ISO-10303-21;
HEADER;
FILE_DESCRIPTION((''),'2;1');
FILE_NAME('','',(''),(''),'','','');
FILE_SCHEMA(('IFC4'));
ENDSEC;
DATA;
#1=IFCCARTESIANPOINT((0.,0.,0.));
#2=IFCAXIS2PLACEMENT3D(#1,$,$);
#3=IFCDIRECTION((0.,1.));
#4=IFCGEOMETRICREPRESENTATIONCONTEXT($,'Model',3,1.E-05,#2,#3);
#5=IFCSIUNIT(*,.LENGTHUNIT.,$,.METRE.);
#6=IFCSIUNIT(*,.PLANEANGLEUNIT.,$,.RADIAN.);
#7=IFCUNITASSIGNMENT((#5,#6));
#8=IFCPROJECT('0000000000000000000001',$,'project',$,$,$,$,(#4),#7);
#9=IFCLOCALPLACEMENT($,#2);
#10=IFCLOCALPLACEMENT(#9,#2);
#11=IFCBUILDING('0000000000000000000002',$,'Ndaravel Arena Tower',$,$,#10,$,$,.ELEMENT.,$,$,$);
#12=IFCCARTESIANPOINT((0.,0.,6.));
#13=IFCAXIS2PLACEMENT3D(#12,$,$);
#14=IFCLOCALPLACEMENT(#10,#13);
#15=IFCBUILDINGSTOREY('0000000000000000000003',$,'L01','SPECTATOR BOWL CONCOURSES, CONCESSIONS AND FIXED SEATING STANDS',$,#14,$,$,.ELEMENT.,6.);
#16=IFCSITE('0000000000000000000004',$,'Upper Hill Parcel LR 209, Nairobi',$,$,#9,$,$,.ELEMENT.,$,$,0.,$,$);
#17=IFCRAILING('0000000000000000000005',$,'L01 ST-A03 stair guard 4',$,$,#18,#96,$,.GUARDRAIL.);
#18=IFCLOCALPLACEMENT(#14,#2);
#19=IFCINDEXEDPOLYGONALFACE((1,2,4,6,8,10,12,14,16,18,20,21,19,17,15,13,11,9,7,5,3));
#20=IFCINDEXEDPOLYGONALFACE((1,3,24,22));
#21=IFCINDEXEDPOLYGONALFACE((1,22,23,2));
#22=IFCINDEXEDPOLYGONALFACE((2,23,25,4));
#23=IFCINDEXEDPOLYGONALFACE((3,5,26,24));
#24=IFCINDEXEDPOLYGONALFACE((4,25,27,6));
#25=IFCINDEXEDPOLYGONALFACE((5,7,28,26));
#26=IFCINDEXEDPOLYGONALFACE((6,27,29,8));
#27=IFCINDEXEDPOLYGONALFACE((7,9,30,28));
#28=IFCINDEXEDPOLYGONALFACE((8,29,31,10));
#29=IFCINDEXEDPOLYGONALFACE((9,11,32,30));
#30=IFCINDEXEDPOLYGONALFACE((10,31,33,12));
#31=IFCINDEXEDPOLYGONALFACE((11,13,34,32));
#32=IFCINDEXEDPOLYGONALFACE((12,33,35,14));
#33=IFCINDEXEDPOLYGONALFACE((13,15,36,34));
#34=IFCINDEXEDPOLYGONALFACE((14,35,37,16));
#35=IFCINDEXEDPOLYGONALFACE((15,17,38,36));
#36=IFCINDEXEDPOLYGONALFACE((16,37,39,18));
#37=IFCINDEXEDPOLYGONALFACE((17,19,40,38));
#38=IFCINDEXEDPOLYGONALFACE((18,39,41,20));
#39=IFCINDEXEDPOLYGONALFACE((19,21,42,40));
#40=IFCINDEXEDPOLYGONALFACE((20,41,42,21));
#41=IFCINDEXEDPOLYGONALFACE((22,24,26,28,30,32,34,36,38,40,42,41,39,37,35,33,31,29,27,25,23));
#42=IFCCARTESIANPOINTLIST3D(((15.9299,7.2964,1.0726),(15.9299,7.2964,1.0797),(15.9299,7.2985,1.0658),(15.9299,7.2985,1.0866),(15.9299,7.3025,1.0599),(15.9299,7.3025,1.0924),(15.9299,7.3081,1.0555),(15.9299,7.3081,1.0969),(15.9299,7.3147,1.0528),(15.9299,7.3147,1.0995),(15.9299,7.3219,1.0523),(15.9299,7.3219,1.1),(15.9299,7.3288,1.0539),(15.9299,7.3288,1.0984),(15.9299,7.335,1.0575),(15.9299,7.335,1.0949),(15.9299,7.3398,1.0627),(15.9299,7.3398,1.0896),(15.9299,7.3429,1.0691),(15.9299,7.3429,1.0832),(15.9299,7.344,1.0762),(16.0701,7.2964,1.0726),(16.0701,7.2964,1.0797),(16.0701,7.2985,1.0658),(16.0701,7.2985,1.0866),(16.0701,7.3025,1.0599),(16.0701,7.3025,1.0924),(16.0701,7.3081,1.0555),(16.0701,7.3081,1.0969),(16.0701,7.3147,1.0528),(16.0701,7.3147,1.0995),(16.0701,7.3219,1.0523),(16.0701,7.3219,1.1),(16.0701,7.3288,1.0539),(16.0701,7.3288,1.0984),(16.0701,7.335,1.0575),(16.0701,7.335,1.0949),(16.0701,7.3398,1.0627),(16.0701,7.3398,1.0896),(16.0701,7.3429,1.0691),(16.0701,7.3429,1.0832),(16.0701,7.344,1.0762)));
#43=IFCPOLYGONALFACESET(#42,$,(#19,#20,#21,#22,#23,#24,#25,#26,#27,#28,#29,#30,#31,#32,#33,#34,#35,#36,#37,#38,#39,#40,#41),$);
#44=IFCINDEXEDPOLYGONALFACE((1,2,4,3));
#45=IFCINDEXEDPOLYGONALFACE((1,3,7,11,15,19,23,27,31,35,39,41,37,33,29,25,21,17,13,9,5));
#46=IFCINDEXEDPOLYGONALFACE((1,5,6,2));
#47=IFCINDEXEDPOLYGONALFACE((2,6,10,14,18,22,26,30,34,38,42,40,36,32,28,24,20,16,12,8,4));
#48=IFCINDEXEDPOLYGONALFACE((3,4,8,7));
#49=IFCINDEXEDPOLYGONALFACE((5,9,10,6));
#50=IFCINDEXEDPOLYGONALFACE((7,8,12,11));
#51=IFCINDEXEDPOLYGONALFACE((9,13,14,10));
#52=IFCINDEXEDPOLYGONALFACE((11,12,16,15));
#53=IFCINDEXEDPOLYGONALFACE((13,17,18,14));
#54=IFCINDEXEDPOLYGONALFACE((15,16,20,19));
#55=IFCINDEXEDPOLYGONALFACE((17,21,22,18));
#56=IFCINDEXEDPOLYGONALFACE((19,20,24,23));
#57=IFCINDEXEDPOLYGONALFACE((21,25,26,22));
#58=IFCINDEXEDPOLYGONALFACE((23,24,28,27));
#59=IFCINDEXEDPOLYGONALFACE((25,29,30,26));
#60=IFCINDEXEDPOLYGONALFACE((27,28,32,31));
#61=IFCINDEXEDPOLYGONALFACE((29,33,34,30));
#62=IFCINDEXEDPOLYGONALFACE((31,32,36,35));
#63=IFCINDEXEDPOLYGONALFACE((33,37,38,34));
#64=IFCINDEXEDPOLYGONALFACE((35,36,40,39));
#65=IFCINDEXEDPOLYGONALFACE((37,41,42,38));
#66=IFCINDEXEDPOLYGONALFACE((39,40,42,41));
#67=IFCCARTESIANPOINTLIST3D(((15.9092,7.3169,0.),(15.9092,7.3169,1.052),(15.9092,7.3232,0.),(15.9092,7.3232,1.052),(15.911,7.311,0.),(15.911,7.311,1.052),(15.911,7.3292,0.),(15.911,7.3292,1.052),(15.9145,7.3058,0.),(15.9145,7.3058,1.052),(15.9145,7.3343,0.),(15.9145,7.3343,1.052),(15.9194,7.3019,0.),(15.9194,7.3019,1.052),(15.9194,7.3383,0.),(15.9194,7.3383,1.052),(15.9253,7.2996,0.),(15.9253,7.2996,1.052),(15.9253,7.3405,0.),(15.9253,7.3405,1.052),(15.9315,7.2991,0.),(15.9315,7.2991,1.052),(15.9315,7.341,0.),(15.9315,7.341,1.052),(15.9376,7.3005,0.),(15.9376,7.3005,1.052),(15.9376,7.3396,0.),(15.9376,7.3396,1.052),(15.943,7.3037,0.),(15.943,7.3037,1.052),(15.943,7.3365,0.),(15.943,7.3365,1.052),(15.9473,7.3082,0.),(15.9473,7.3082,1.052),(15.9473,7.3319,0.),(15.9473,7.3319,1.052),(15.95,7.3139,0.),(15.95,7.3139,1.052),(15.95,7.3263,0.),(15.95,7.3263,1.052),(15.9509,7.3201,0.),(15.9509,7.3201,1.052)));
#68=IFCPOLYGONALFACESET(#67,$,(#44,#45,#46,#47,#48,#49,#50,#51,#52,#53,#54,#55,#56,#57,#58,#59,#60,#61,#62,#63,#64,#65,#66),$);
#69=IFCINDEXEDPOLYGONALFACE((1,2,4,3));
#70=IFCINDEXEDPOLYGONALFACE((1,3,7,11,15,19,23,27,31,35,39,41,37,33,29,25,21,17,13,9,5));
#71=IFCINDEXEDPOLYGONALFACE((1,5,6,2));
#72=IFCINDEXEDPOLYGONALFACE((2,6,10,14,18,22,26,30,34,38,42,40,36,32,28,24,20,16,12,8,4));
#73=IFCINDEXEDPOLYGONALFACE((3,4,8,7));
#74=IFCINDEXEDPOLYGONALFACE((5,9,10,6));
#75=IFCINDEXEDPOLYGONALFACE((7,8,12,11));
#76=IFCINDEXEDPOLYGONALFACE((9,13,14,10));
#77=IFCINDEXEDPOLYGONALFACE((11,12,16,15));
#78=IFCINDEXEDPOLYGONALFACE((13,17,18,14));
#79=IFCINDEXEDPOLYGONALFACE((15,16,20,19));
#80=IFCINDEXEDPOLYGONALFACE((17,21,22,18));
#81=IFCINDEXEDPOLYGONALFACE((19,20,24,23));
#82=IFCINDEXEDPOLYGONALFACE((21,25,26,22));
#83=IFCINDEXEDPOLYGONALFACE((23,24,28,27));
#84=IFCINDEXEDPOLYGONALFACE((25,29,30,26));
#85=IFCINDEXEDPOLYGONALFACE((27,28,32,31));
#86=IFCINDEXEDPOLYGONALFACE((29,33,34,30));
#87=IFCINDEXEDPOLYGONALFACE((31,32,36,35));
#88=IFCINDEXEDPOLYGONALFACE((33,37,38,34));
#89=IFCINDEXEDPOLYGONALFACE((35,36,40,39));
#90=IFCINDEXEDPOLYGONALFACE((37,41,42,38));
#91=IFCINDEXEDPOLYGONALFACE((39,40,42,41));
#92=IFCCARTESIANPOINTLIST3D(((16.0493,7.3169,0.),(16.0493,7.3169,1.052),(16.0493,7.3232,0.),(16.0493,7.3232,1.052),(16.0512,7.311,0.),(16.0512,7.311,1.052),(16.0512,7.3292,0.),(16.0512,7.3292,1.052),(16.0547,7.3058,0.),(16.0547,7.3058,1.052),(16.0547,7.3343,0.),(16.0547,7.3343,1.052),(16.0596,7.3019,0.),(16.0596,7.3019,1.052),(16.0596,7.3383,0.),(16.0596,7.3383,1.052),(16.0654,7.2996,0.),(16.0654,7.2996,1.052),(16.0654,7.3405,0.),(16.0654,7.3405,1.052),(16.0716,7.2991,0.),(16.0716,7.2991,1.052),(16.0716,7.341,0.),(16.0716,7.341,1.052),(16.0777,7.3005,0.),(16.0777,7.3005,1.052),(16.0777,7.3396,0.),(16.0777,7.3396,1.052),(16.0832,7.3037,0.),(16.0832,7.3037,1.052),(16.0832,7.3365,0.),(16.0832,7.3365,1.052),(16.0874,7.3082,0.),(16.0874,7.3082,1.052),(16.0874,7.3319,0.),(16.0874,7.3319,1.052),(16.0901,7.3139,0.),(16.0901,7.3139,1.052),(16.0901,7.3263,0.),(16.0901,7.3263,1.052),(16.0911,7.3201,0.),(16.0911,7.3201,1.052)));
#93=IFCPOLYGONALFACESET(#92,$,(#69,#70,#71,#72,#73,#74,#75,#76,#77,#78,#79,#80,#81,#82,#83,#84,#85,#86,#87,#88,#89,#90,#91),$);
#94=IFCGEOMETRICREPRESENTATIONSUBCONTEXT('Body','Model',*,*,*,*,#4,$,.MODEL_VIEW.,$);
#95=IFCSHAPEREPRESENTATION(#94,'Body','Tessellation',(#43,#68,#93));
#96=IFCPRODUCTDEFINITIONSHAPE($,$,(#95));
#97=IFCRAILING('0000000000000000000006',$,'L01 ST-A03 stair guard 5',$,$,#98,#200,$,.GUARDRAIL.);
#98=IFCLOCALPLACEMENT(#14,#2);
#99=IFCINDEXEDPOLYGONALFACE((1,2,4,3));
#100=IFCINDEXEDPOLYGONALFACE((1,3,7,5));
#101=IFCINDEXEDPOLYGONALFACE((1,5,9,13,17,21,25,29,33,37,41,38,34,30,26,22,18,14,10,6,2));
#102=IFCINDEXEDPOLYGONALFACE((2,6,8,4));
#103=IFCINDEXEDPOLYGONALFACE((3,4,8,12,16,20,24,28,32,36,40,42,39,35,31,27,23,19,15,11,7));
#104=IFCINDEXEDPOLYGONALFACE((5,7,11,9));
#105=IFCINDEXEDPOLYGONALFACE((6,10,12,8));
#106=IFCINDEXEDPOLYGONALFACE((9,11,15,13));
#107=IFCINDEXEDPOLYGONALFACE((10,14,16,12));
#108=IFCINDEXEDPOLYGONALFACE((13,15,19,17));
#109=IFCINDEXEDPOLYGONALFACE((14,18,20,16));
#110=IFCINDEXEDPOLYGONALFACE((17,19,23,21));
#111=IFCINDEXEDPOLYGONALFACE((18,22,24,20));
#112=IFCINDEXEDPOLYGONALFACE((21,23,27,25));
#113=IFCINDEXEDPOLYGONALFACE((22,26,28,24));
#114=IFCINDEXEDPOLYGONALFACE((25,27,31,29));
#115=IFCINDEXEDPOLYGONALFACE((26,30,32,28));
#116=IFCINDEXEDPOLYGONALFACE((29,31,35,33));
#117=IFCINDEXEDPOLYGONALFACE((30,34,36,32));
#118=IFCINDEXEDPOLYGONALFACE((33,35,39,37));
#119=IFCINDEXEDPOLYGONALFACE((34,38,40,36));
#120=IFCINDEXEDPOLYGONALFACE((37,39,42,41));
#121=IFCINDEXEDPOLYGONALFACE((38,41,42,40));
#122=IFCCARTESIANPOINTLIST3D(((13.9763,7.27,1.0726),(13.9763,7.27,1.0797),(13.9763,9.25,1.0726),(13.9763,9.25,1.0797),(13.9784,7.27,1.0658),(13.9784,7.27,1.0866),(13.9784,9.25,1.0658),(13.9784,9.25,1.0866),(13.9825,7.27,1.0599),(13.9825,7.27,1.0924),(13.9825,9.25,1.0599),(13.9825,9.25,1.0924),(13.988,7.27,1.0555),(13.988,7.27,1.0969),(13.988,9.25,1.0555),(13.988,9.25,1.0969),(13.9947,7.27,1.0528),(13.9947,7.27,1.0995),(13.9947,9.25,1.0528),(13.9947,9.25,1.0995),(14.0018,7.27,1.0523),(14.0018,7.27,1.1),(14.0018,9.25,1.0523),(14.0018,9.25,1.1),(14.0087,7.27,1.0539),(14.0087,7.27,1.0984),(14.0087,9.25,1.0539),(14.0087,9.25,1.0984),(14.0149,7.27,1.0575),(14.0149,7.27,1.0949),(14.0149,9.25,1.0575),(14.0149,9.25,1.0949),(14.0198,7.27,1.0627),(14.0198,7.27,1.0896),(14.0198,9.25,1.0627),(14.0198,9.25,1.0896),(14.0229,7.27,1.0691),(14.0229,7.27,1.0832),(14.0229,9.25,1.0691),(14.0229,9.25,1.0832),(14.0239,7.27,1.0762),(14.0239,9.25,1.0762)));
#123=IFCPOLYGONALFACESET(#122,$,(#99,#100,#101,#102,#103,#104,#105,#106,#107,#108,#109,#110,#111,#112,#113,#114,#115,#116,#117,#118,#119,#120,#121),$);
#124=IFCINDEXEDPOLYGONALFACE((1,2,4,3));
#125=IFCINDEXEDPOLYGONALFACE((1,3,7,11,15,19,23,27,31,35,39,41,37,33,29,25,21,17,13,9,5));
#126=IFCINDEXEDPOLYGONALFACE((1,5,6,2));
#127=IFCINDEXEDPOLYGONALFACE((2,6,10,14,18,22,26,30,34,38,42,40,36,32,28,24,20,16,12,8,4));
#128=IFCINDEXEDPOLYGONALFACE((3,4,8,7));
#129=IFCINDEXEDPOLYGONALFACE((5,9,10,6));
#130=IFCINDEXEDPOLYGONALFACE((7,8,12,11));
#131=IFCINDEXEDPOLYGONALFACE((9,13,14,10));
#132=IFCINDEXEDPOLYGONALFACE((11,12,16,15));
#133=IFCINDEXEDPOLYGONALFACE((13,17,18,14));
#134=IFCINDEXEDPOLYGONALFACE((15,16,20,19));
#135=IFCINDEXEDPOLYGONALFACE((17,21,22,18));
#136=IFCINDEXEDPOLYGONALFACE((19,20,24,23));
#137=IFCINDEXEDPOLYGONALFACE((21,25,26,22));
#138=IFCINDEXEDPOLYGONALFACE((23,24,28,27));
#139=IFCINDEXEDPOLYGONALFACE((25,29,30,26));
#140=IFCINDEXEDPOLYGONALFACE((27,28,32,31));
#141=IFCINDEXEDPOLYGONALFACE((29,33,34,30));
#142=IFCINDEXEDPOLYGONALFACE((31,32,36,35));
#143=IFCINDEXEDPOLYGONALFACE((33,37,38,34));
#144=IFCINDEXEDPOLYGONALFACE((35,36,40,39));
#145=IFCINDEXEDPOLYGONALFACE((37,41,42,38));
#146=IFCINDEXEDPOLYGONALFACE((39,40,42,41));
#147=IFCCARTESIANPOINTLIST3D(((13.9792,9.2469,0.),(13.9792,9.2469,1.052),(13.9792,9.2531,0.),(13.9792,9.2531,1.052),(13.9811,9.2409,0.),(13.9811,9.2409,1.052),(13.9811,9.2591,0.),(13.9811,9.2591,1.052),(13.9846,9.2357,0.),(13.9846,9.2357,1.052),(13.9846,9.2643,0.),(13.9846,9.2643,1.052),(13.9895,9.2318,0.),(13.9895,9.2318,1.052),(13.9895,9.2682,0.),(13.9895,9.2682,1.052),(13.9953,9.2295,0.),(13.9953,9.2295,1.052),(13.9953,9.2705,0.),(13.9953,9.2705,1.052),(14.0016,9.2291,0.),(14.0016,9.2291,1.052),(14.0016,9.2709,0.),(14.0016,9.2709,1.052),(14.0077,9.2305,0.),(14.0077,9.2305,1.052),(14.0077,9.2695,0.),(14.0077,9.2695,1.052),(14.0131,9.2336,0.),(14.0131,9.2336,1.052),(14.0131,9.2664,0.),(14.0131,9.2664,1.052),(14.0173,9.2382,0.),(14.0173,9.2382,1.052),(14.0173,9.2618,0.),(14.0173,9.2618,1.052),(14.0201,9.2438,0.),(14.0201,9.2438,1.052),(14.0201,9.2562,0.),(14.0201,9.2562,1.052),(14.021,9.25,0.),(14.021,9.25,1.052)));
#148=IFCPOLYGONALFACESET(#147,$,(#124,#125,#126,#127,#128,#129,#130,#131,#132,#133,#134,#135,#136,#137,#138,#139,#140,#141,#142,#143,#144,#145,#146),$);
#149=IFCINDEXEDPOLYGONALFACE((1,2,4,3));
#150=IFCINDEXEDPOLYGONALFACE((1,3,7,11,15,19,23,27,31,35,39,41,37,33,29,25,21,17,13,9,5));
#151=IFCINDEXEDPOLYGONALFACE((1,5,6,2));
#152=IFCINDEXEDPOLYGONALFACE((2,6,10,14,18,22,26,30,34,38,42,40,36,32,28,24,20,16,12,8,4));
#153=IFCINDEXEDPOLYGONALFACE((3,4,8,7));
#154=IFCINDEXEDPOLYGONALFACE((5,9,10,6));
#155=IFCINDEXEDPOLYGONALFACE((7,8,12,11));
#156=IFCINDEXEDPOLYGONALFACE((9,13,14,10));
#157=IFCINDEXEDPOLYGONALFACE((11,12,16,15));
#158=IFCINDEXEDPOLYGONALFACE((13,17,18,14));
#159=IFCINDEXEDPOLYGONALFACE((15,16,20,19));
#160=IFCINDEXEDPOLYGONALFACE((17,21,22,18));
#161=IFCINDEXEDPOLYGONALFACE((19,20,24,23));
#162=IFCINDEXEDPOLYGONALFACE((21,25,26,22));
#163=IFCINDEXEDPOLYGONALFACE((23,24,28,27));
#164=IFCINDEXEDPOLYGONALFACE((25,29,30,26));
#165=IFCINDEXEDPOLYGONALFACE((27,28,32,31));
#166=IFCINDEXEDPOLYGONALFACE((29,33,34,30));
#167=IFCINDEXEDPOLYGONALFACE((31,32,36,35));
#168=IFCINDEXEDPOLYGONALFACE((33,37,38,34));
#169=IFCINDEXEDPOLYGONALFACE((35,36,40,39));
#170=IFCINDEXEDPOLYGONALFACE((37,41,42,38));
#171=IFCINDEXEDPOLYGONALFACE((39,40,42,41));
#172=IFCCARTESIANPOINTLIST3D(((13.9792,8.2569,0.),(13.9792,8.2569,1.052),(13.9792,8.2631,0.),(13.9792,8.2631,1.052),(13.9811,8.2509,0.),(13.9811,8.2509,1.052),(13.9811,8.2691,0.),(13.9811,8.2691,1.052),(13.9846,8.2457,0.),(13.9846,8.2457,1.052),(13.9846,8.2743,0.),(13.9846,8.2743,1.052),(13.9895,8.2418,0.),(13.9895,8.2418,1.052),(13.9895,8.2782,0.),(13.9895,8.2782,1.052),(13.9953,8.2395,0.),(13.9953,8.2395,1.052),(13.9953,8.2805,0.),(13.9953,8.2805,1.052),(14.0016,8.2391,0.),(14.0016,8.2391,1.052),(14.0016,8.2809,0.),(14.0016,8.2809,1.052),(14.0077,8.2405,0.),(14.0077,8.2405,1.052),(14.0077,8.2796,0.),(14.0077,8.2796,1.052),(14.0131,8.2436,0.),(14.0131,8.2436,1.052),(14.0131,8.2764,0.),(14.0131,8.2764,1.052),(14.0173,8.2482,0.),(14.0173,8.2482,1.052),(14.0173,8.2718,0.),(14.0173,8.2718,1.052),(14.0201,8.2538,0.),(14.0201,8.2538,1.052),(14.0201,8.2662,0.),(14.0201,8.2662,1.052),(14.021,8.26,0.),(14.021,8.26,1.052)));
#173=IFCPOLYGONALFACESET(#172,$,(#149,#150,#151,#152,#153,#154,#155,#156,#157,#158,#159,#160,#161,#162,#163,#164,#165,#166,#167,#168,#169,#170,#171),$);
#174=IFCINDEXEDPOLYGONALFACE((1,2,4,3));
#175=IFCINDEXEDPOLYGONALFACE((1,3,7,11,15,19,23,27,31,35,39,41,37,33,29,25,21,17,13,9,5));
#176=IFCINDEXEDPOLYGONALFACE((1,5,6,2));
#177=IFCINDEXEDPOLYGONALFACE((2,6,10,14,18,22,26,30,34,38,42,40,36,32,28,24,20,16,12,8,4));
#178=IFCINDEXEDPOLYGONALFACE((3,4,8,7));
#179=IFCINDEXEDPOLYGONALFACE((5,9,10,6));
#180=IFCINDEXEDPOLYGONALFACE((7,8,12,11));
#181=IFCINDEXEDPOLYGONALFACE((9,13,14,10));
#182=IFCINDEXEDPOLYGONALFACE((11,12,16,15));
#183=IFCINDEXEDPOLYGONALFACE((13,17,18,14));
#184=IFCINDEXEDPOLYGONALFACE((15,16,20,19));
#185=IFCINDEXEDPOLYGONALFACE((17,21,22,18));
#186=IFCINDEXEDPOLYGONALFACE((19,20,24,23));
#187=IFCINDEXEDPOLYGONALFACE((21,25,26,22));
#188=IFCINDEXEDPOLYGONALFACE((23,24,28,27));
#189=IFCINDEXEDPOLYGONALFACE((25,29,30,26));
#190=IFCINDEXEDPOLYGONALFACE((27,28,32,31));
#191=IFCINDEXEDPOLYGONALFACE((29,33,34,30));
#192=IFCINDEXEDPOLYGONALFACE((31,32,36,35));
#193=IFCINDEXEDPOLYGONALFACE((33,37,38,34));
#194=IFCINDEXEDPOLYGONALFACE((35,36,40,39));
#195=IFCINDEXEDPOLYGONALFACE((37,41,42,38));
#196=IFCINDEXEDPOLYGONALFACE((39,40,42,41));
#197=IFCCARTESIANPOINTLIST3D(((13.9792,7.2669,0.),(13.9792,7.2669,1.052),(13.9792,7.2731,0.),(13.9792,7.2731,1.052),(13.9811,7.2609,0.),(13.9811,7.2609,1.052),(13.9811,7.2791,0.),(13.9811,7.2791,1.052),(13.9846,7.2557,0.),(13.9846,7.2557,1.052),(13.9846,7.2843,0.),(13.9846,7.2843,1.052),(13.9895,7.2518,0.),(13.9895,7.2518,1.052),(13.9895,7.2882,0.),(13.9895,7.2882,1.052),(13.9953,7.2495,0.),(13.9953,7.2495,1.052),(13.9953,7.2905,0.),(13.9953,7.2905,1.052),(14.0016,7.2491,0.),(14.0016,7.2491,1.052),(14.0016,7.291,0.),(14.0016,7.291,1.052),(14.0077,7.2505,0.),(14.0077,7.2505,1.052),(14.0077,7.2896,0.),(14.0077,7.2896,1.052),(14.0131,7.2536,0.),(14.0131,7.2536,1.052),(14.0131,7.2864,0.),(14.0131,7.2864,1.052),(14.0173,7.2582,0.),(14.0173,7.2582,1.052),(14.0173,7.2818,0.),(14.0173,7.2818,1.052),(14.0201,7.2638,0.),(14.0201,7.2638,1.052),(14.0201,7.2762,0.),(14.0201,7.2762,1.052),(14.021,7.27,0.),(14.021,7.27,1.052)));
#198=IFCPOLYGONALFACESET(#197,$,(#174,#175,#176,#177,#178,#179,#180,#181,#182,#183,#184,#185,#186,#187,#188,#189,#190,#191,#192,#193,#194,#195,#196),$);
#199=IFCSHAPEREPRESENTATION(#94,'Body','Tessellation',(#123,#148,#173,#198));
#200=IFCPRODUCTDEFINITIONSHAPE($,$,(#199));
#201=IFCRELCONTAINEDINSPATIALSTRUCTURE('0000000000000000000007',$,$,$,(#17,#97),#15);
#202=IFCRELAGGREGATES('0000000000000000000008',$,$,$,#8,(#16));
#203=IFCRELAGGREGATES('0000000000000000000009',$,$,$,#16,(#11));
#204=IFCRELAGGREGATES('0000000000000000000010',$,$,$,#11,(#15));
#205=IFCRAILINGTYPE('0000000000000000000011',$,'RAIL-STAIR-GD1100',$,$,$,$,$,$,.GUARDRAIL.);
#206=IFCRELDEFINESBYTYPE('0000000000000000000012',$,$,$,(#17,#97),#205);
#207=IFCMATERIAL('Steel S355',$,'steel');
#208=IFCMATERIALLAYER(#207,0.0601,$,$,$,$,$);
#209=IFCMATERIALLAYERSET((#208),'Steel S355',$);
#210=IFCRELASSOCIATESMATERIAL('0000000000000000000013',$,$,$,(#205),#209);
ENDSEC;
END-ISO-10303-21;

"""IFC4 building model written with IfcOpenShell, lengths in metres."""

from ifc_helpers import new_model, si_unit, direction, frame, origin, origin_2d, place, context, subcontext, project, spatial, circle, extrude, material, layer, layer_set, type_object, element, save


model = new_model("IFC4")

# Units and contexts
model_context = context("Model", 3, precision=1e-05, world=origin(), true_north=direction((0.0, 1.0)))
body_context = subcontext(model_context, "Body", "Model", "MODEL_VIEW")
ifc_project = project(units=[si_unit("LENGTHUNIT", "METRE"), si_unit("PLANEANGLEUNIT", "RADIAN")], contexts=[model_context])

# Site, building, storey
site_placement = place(None, origin())
site = spatial("IfcSite", under=ifc_project, at=site_placement, Name="Upper Hill Parcel LR 209, Nairobi", CompositionType="ELEMENT", RefElevation=0.0)
building_placement = place(site_placement, origin())
building = spatial("IfcBuilding", under=site, at=building_placement, Name="Ndaravel Arena Tower", CompositionType="ELEMENT")
storey_placement = place(building_placement, frame((0.0, 0.0, 6.0)))
storey = spatial("IfcBuildingStorey", under=building, at=storey_placement, Name="L01", Description="SPECTATOR BOWL CONCOURSES, CONCESSIONS AND FIXED SEATING STANDS", CompositionType="ELEMENT", Elevation=6.0)

# Railings
ifc_material_1 = material(Name="Steel S355", Category="steel")
ifc_layer_1 = layer(ifc_material_1, 0.0601)
ifc_layer_set_1 = layer_set([ifc_layer_1], Name="Steel S355")
railing_type_1 = type_object("IfcRailingType", Name="RAIL-STAIR-GD1100", PredefinedType="GUARDRAIL", material=ifc_layer_set_1)
railing_1_placement = place(storey_placement, frame((15.9299, 7.3201, 0.0)))
element("IfcRailing", 1, at=railing_1_placement, inside=storey, type_object=railing_type_1, Name="L01 ST-A03 stair guard 4", PredefinedType="GUARDRAIL", context=body_context, shape_type="SweptSolid", body=[
    extrude(circle(Radius=0.0239, at=origin_2d()), frame((0.0, 0.0, 1.0762), z_axis=(1.0, 0.0, 0.0), x_axis=(0.0, 1.0, 0.0)), (0.0, 0.0, 1.0), 0.1401),
    extrude(circle(Radius=0.021, at=origin_2d()), origin(), (0.0, 0.0, 1.0), 1.052),
    extrude(circle(Radius=0.021, at=origin_2d()), frame((0.1401, 0.0, 0.0)), (0.0, 0.0, 1.0), 1.052),
])
for number, where, name in (
    (2, (14.0, 9.25, 0.0), "L01 ST-A03 stair guard 5"),
):
    element("IfcRailing", number, at=place(storey_placement, frame(where)), inside=storey, type_object=railing_type_1, Name=name, PredefinedType="GUARDRAIL", context=body_context, shape_type="SweptSolid", body=[
        extrude(circle(Radius=0.0239, at=origin_2d()), frame((0.0, 0.0, 1.0762), z_axis=(0.0, -1.0, 0.0), x_axis=(1.0, 0.0, 0.0)), (0.0, 0.0, 1.0), 1.98),
        extrude(circle(Radius=0.021, at=origin_2d()), origin(), (0.0, 0.0, 1.0), 1.052),
        extrude(circle(Radius=0.021, at=origin_2d()), frame((0.0, -0.99, 0.0)), (0.0, 0.0, 1.0), 1.052),
        extrude(circle(Radius=0.021, at=origin_2d()), frame((0.0, -1.98, 0.0)), (0.0, 0.0, 1.0), 1.052),
    ])

save(model, "model.ifc")
